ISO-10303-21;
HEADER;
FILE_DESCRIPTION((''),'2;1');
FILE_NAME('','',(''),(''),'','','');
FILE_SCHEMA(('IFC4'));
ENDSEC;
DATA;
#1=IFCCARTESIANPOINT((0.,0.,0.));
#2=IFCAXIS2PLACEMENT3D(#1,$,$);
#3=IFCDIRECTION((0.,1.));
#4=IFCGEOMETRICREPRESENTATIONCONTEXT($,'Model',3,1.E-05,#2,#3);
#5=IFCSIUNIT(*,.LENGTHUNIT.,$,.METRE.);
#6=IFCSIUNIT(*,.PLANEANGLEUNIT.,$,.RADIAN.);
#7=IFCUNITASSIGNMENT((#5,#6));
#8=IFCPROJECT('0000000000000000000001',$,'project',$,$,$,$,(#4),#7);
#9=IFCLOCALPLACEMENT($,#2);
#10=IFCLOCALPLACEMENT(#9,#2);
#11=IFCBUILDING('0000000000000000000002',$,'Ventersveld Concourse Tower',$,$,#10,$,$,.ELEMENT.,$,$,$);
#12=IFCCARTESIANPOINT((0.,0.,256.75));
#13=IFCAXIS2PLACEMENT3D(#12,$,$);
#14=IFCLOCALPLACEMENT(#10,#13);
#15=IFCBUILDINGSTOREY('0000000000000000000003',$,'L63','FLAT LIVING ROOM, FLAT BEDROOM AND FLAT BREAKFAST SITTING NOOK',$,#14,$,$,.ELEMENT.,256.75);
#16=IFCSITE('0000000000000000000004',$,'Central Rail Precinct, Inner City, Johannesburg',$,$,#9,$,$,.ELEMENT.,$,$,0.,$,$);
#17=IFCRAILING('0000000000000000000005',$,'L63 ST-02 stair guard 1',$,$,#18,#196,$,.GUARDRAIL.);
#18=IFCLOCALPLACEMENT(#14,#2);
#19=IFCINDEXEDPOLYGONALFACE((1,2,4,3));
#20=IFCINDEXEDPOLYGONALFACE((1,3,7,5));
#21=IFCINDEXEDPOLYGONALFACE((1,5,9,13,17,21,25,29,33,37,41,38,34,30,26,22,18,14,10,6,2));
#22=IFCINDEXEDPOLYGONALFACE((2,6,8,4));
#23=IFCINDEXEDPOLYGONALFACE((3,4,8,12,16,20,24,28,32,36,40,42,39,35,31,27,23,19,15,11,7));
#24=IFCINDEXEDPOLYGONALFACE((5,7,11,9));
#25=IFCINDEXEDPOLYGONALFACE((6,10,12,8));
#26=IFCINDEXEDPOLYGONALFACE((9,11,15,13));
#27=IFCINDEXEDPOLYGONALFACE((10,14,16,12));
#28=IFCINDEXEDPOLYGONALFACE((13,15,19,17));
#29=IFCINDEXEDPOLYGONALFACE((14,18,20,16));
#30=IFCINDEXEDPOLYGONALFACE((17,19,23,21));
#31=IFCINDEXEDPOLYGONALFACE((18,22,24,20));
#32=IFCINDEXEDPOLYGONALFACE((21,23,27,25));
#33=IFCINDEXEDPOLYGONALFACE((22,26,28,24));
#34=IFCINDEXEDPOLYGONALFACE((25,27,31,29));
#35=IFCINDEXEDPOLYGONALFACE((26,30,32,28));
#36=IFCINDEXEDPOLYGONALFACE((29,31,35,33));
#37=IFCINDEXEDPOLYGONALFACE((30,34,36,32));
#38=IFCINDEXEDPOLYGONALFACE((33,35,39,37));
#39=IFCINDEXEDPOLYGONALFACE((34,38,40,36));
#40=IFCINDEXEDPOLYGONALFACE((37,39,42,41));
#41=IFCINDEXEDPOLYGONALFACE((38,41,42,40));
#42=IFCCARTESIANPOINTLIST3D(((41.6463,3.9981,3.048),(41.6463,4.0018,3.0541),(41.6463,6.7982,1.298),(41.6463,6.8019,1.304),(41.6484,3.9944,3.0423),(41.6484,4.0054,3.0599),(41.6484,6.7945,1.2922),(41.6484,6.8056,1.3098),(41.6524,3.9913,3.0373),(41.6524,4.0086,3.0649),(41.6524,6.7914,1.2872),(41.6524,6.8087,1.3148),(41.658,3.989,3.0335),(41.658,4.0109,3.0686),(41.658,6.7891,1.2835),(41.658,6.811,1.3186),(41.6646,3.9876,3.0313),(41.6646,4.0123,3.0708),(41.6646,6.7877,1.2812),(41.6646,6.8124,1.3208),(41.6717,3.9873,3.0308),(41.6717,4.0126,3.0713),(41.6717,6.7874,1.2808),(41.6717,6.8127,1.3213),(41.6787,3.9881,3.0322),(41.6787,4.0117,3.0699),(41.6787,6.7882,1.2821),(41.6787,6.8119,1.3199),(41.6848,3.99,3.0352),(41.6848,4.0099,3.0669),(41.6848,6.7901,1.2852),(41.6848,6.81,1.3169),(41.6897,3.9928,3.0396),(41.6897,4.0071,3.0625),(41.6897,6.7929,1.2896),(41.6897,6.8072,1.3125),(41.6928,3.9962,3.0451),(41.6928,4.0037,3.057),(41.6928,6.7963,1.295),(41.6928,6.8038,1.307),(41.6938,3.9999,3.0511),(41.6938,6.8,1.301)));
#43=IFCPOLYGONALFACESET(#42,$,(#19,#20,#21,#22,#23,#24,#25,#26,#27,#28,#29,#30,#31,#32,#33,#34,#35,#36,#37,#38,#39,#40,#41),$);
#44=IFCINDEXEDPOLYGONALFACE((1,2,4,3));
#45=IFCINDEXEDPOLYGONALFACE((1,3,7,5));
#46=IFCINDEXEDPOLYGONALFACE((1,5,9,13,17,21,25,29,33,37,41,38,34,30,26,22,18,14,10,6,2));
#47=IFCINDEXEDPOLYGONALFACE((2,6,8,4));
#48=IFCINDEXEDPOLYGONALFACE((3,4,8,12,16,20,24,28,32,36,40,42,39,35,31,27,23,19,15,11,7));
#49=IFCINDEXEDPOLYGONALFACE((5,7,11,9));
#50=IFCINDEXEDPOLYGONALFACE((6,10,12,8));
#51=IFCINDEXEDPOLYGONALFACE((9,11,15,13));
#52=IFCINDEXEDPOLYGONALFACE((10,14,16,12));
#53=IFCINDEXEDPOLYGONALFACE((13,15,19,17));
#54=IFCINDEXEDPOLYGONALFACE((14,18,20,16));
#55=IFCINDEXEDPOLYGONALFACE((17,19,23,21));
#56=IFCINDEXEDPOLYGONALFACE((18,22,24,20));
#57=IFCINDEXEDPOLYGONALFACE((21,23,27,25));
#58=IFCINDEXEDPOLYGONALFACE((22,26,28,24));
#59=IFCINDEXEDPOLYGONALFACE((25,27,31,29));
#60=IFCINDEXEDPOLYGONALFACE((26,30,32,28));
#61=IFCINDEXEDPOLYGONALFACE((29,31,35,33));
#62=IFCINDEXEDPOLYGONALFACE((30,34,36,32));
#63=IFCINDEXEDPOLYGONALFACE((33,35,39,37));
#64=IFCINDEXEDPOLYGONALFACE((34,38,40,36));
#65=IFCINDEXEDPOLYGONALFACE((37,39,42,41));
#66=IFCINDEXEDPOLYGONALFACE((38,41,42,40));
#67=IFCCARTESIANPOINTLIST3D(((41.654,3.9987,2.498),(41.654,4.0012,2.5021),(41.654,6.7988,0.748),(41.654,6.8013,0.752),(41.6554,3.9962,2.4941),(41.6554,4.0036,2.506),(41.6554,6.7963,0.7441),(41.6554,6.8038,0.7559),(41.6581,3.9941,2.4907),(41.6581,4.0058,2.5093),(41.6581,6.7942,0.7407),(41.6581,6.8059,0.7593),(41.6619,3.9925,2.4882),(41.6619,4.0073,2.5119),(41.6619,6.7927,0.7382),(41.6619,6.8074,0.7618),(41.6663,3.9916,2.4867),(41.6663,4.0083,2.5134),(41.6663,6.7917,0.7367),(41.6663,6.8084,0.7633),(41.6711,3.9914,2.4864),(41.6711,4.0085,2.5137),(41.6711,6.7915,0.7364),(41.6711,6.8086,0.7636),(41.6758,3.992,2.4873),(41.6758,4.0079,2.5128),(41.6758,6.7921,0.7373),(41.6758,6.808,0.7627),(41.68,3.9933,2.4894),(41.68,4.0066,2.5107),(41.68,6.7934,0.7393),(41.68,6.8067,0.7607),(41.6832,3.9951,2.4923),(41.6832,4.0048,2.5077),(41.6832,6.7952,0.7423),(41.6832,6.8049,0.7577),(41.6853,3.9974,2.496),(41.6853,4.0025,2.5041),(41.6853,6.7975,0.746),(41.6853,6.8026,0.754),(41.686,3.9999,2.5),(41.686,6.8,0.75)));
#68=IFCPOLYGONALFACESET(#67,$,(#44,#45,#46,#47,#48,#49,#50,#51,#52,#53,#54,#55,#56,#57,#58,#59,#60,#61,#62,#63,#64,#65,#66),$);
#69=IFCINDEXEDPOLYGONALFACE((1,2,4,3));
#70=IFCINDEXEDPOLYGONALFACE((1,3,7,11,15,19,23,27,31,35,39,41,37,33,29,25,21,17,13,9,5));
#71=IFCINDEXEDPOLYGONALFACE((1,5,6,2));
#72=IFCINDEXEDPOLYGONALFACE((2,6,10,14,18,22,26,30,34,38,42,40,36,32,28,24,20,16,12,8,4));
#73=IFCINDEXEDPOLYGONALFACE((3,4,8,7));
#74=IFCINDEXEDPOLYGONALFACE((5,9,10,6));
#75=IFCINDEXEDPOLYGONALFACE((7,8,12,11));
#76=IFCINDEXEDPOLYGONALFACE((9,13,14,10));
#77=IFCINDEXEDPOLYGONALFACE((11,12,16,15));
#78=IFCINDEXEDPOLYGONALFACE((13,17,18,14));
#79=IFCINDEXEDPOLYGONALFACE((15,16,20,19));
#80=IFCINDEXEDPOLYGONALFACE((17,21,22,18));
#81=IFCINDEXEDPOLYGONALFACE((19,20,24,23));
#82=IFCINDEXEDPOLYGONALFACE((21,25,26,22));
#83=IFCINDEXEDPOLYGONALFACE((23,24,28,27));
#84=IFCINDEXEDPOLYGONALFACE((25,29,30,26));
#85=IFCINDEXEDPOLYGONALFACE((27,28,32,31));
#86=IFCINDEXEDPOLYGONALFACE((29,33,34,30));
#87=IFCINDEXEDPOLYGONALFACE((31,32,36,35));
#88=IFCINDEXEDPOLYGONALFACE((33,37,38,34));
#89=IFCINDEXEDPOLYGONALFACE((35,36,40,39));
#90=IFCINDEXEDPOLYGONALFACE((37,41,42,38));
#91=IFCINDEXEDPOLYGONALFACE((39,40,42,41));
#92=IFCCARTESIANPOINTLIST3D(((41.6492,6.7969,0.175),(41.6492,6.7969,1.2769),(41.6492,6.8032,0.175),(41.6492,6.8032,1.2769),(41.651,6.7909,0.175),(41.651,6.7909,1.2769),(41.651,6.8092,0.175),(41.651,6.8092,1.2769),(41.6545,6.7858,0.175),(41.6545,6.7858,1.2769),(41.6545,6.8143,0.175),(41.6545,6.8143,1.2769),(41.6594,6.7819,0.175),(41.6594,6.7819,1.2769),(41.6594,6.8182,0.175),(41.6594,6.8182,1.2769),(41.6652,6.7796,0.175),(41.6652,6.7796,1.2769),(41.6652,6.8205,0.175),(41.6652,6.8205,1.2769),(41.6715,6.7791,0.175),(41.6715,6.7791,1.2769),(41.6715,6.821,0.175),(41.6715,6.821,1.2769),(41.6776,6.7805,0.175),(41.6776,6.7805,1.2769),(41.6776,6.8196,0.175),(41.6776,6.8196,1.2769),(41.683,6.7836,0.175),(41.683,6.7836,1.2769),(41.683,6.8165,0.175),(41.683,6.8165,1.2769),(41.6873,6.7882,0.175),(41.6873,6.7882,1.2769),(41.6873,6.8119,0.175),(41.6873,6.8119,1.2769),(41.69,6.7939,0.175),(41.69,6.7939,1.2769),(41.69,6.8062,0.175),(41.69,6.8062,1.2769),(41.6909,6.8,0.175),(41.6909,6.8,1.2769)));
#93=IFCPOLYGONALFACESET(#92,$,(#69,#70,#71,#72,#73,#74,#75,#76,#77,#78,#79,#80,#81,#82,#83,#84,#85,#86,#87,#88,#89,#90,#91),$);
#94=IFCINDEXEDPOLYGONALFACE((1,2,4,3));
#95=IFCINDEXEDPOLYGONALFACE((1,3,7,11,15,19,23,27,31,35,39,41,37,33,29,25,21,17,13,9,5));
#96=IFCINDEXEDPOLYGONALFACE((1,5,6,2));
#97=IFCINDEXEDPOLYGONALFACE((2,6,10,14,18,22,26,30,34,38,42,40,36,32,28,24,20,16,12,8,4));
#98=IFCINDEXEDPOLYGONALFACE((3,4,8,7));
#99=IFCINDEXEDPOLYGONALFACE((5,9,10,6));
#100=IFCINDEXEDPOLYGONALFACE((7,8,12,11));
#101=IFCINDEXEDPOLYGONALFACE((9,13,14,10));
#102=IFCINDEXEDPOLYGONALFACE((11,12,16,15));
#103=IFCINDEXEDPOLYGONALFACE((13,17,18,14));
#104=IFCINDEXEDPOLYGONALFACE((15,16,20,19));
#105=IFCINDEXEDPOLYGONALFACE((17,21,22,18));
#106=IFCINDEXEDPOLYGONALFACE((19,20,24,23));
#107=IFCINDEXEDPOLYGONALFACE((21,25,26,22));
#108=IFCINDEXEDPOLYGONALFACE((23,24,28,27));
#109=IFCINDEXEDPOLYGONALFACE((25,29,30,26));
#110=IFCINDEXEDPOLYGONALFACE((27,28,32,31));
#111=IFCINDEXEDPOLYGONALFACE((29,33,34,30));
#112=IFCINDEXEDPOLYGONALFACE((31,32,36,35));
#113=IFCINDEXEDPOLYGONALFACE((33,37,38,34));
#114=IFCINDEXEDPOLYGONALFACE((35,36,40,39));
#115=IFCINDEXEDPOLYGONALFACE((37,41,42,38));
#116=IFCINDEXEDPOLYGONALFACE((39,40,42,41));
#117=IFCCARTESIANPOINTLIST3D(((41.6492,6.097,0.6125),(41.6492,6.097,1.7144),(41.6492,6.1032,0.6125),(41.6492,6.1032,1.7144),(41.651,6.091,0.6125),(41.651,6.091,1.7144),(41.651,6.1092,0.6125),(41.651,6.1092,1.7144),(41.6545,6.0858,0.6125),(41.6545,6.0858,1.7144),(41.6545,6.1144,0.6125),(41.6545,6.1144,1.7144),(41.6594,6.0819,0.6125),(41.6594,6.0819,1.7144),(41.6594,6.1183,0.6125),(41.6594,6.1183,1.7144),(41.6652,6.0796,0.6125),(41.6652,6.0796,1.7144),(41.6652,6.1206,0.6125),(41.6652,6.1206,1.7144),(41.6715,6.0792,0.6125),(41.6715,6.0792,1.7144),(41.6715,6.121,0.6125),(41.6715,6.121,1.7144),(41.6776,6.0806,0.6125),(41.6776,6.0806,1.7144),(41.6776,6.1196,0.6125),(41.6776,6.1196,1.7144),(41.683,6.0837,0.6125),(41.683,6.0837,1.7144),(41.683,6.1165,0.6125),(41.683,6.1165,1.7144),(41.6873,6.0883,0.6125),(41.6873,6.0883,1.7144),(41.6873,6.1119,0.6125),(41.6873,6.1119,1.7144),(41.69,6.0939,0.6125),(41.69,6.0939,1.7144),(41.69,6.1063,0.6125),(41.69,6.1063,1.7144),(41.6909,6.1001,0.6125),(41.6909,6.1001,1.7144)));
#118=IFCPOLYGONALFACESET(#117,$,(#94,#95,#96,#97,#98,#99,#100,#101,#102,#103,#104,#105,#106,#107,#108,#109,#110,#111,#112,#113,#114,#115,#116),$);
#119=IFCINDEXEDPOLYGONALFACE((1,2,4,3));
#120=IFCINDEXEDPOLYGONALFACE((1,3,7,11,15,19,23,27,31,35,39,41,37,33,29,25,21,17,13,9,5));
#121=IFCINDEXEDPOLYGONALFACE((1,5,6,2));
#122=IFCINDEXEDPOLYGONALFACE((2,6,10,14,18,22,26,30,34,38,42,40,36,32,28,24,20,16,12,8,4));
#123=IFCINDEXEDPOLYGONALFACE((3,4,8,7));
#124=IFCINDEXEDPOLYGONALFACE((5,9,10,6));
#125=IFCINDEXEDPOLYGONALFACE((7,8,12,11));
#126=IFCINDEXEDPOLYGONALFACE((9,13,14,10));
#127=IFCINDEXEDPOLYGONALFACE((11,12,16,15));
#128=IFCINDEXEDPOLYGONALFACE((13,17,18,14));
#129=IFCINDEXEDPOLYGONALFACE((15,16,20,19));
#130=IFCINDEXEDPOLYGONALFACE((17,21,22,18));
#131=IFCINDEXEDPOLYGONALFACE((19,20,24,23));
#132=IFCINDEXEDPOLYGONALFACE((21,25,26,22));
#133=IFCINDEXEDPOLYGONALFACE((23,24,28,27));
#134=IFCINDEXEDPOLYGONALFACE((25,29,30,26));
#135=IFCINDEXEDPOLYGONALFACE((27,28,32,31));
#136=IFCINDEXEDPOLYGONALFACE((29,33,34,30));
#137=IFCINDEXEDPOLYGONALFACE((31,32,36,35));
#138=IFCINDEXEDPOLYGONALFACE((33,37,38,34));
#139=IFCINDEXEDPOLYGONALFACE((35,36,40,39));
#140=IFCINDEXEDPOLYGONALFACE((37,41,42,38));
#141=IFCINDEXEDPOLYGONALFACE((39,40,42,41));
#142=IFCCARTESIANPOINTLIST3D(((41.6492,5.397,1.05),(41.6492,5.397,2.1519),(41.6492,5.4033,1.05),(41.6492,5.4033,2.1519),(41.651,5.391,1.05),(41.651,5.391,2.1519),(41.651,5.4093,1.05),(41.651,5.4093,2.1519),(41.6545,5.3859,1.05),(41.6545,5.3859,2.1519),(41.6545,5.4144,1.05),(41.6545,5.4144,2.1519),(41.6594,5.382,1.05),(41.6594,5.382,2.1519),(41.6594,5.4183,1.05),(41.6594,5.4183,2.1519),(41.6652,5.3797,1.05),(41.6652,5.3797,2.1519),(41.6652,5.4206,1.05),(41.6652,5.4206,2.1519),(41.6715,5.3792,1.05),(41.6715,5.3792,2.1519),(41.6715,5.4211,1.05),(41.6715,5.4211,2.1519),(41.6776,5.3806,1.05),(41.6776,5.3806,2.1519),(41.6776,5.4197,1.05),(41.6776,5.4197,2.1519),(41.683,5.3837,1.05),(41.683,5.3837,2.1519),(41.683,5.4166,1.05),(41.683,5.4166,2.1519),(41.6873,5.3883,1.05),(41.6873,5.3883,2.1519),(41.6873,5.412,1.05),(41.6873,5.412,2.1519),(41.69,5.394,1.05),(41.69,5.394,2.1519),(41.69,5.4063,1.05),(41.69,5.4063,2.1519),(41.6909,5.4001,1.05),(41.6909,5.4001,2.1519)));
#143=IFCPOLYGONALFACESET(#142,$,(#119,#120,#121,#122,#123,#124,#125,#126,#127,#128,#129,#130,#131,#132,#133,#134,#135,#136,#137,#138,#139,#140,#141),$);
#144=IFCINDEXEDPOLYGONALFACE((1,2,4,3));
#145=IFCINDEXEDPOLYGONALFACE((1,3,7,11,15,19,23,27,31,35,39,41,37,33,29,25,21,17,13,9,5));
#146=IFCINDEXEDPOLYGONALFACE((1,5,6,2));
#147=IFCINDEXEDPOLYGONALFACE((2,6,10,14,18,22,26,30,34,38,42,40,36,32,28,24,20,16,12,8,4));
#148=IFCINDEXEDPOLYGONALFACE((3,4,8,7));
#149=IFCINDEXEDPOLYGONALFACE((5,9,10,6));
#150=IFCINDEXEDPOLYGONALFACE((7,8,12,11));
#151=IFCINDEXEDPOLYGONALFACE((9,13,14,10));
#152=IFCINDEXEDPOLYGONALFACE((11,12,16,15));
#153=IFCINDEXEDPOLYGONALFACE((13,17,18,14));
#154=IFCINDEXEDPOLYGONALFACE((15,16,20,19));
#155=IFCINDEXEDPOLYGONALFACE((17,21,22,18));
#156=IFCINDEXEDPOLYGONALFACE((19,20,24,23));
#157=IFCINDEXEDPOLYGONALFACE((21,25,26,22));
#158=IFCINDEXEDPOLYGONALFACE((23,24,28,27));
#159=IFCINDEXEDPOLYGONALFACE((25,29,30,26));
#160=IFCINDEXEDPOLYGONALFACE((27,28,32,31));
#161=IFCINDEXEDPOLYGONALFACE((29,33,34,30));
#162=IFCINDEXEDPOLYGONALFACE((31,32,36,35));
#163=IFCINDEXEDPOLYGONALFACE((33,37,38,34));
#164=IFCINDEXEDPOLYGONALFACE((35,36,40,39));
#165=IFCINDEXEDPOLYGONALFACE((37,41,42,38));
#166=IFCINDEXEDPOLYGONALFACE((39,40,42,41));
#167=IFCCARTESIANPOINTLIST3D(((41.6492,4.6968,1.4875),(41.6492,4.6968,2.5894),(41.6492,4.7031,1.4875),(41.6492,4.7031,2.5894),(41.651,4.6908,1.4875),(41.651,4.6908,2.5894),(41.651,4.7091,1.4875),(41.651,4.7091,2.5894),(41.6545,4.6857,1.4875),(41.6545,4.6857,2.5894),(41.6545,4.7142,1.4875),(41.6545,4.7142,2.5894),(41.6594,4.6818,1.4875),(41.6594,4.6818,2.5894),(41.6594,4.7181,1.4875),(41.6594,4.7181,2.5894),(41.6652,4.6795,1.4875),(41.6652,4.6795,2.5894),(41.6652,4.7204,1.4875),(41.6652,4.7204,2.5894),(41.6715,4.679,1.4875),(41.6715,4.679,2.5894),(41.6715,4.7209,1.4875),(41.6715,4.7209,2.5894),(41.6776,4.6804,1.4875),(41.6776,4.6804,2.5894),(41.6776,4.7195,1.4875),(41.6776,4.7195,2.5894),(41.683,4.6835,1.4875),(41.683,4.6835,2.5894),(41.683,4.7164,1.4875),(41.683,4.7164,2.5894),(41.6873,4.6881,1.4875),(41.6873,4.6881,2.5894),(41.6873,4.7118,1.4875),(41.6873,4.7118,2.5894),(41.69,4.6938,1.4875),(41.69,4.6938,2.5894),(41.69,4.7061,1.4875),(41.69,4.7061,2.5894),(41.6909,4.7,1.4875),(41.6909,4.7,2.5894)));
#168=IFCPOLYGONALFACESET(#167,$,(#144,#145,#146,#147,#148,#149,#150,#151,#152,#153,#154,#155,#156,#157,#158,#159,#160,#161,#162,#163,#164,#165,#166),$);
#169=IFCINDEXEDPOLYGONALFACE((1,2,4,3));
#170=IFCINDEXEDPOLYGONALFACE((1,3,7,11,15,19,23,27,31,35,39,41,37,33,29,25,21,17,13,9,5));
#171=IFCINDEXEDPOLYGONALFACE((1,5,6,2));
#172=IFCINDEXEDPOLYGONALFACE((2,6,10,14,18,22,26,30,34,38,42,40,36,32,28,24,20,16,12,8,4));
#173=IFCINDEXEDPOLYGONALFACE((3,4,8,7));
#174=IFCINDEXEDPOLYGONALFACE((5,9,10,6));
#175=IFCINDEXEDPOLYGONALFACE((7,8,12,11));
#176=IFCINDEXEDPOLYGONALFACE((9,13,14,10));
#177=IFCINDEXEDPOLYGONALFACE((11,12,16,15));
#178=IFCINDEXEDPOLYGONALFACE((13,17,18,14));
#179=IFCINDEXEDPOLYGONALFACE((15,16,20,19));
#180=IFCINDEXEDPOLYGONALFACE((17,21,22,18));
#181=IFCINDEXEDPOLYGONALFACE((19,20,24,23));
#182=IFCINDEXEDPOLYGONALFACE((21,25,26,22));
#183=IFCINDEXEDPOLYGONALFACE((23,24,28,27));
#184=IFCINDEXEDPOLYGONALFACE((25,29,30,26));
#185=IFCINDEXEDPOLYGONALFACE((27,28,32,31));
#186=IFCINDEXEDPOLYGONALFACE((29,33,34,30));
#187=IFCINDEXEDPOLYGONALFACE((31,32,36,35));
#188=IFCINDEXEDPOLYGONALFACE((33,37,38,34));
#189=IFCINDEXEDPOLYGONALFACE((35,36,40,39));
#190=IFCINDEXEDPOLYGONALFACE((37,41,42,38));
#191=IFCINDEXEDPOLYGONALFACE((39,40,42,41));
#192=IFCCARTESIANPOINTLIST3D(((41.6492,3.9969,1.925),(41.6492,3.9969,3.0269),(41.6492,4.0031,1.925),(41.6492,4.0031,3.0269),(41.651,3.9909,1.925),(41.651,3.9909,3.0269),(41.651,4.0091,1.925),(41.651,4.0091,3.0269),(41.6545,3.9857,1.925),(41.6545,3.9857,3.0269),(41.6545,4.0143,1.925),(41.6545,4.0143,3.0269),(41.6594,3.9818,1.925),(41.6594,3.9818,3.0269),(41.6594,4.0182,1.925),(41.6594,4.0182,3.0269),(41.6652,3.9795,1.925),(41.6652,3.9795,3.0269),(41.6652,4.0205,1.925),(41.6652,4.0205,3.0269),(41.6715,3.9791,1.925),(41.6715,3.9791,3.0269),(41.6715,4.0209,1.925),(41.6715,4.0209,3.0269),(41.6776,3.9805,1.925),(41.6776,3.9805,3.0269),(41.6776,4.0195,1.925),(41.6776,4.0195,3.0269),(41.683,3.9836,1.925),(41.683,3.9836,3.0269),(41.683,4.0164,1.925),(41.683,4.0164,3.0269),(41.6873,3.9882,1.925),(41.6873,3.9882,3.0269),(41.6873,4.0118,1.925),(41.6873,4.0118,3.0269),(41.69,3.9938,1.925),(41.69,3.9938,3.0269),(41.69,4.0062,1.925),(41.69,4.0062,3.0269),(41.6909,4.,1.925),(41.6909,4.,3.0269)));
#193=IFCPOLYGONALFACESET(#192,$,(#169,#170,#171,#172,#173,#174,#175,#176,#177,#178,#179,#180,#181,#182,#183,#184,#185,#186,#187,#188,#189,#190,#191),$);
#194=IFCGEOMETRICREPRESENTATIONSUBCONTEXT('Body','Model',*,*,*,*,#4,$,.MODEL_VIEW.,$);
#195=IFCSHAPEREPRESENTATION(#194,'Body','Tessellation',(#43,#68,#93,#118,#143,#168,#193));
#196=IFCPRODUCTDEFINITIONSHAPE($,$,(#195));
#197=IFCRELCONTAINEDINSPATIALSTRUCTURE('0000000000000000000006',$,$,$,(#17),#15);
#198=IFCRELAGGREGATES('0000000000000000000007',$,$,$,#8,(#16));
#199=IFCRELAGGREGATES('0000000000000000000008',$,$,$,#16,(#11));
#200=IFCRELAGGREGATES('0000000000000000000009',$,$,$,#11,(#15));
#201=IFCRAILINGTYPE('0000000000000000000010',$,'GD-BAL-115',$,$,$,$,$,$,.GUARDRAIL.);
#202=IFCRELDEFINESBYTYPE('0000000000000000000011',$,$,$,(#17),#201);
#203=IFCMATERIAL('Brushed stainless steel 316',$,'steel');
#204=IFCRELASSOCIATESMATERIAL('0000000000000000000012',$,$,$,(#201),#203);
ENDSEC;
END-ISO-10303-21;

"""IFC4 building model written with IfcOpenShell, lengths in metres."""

from ifc_helpers import new_model, si_unit, direction, frame, origin, origin_2d, place, context, subcontext, project, spatial, circle, extrude, material, type_object, element, save


model = new_model("IFC4")

# Units and contexts
model_context = context("Model", 3, precision=1e-05, world=origin(), true_north=direction((0.0, 1.0)))
body_context = subcontext(model_context, "Body", "Model", "MODEL_VIEW")
ifc_project = project(units=[si_unit("LENGTHUNIT", "METRE"), si_unit("PLANEANGLEUNIT", "RADIAN")], contexts=[model_context])

# Site, building, storey
site_placement = place(None, origin())
site = spatial("IfcSite", under=ifc_project, at=site_placement, Name="Central Rail Precinct, Inner City, Johannesburg", CompositionType="ELEMENT", RefElevation=0.0)
building_placement = place(site_placement, origin())
building = spatial("IfcBuilding", under=site, at=building_placement, Name="Ventersveld Concourse Tower", CompositionType="ELEMENT")
storey_placement = place(building_placement, frame((0.0, 0.0, 256.75)))
storey = spatial("IfcBuildingStorey", under=building, at=storey_placement, Name="L63", Description="FLAT LIVING ROOM, FLAT BEDROOM AND FLAT BREAKFAST SITTING NOOK", CompositionType="ELEMENT", Elevation=256.75)

# Shared definitions
ifc_material_1 = material(Name="Brushed stainless steel 316", Category="steel")

# Railing
railing_type_1 = type_object("IfcRailingType", Name="GD-BAL-115", PredefinedType="GUARDRAIL", material=ifc_material_1)
railing_1_placement = place(storey_placement, frame((41.6699, 6.8, 0.175)))
element("IfcRailing", 1, at=railing_1_placement, inside=storey, type_object=railing_type_1, Name="L63 ST-02 stair guard 1", PredefinedType="GUARDRAIL", context=body_context, shape_type="SweptSolid", body=[
    extrude(circle(Radius=0.0239, at=origin_2d()), frame((0.0, 0.0, 1.126), z_axis=(0.0, -0.848002, 0.529992), x_axis=(1.0, 0.0, 0.0)), (0.0, 0.0, 1.0), 3.302),
    extrude(circle(Radius=0.0161, at=origin_2d()), frame((0.0, 0.0, 0.575), z_axis=(0.0, -0.848002, 0.529992), x_axis=(1.0, 0.0, 0.0)), (0.0, 0.0, 1.0), 3.302),
    extrude(circle(Radius=0.021, at=origin_2d()), origin(), (0.0, 0.0, 1.0), 1.1018),
    extrude(circle(Radius=0.021, at=origin_2d()), frame((0.0, -0.7, 0.4375)), (0.0, 0.0, 1.0), 1.1018),
    extrude(circle(Radius=0.021, at=origin_2d()), frame((0.0, -1.3999, 0.875)), (0.0, 0.0, 1.0), 1.1018),
    extrude(circle(Radius=0.021, at=origin_2d()), frame((0.0, -2.1001, 1.3125)), (0.0, 0.0, 1.0), 1.1018),
    extrude(circle(Radius=0.021, at=origin_2d()), frame((0.0, -2.8, 1.75)), (0.0, 0.0, 1.0), 1.1018),
])

save(model, "model.ifc")
